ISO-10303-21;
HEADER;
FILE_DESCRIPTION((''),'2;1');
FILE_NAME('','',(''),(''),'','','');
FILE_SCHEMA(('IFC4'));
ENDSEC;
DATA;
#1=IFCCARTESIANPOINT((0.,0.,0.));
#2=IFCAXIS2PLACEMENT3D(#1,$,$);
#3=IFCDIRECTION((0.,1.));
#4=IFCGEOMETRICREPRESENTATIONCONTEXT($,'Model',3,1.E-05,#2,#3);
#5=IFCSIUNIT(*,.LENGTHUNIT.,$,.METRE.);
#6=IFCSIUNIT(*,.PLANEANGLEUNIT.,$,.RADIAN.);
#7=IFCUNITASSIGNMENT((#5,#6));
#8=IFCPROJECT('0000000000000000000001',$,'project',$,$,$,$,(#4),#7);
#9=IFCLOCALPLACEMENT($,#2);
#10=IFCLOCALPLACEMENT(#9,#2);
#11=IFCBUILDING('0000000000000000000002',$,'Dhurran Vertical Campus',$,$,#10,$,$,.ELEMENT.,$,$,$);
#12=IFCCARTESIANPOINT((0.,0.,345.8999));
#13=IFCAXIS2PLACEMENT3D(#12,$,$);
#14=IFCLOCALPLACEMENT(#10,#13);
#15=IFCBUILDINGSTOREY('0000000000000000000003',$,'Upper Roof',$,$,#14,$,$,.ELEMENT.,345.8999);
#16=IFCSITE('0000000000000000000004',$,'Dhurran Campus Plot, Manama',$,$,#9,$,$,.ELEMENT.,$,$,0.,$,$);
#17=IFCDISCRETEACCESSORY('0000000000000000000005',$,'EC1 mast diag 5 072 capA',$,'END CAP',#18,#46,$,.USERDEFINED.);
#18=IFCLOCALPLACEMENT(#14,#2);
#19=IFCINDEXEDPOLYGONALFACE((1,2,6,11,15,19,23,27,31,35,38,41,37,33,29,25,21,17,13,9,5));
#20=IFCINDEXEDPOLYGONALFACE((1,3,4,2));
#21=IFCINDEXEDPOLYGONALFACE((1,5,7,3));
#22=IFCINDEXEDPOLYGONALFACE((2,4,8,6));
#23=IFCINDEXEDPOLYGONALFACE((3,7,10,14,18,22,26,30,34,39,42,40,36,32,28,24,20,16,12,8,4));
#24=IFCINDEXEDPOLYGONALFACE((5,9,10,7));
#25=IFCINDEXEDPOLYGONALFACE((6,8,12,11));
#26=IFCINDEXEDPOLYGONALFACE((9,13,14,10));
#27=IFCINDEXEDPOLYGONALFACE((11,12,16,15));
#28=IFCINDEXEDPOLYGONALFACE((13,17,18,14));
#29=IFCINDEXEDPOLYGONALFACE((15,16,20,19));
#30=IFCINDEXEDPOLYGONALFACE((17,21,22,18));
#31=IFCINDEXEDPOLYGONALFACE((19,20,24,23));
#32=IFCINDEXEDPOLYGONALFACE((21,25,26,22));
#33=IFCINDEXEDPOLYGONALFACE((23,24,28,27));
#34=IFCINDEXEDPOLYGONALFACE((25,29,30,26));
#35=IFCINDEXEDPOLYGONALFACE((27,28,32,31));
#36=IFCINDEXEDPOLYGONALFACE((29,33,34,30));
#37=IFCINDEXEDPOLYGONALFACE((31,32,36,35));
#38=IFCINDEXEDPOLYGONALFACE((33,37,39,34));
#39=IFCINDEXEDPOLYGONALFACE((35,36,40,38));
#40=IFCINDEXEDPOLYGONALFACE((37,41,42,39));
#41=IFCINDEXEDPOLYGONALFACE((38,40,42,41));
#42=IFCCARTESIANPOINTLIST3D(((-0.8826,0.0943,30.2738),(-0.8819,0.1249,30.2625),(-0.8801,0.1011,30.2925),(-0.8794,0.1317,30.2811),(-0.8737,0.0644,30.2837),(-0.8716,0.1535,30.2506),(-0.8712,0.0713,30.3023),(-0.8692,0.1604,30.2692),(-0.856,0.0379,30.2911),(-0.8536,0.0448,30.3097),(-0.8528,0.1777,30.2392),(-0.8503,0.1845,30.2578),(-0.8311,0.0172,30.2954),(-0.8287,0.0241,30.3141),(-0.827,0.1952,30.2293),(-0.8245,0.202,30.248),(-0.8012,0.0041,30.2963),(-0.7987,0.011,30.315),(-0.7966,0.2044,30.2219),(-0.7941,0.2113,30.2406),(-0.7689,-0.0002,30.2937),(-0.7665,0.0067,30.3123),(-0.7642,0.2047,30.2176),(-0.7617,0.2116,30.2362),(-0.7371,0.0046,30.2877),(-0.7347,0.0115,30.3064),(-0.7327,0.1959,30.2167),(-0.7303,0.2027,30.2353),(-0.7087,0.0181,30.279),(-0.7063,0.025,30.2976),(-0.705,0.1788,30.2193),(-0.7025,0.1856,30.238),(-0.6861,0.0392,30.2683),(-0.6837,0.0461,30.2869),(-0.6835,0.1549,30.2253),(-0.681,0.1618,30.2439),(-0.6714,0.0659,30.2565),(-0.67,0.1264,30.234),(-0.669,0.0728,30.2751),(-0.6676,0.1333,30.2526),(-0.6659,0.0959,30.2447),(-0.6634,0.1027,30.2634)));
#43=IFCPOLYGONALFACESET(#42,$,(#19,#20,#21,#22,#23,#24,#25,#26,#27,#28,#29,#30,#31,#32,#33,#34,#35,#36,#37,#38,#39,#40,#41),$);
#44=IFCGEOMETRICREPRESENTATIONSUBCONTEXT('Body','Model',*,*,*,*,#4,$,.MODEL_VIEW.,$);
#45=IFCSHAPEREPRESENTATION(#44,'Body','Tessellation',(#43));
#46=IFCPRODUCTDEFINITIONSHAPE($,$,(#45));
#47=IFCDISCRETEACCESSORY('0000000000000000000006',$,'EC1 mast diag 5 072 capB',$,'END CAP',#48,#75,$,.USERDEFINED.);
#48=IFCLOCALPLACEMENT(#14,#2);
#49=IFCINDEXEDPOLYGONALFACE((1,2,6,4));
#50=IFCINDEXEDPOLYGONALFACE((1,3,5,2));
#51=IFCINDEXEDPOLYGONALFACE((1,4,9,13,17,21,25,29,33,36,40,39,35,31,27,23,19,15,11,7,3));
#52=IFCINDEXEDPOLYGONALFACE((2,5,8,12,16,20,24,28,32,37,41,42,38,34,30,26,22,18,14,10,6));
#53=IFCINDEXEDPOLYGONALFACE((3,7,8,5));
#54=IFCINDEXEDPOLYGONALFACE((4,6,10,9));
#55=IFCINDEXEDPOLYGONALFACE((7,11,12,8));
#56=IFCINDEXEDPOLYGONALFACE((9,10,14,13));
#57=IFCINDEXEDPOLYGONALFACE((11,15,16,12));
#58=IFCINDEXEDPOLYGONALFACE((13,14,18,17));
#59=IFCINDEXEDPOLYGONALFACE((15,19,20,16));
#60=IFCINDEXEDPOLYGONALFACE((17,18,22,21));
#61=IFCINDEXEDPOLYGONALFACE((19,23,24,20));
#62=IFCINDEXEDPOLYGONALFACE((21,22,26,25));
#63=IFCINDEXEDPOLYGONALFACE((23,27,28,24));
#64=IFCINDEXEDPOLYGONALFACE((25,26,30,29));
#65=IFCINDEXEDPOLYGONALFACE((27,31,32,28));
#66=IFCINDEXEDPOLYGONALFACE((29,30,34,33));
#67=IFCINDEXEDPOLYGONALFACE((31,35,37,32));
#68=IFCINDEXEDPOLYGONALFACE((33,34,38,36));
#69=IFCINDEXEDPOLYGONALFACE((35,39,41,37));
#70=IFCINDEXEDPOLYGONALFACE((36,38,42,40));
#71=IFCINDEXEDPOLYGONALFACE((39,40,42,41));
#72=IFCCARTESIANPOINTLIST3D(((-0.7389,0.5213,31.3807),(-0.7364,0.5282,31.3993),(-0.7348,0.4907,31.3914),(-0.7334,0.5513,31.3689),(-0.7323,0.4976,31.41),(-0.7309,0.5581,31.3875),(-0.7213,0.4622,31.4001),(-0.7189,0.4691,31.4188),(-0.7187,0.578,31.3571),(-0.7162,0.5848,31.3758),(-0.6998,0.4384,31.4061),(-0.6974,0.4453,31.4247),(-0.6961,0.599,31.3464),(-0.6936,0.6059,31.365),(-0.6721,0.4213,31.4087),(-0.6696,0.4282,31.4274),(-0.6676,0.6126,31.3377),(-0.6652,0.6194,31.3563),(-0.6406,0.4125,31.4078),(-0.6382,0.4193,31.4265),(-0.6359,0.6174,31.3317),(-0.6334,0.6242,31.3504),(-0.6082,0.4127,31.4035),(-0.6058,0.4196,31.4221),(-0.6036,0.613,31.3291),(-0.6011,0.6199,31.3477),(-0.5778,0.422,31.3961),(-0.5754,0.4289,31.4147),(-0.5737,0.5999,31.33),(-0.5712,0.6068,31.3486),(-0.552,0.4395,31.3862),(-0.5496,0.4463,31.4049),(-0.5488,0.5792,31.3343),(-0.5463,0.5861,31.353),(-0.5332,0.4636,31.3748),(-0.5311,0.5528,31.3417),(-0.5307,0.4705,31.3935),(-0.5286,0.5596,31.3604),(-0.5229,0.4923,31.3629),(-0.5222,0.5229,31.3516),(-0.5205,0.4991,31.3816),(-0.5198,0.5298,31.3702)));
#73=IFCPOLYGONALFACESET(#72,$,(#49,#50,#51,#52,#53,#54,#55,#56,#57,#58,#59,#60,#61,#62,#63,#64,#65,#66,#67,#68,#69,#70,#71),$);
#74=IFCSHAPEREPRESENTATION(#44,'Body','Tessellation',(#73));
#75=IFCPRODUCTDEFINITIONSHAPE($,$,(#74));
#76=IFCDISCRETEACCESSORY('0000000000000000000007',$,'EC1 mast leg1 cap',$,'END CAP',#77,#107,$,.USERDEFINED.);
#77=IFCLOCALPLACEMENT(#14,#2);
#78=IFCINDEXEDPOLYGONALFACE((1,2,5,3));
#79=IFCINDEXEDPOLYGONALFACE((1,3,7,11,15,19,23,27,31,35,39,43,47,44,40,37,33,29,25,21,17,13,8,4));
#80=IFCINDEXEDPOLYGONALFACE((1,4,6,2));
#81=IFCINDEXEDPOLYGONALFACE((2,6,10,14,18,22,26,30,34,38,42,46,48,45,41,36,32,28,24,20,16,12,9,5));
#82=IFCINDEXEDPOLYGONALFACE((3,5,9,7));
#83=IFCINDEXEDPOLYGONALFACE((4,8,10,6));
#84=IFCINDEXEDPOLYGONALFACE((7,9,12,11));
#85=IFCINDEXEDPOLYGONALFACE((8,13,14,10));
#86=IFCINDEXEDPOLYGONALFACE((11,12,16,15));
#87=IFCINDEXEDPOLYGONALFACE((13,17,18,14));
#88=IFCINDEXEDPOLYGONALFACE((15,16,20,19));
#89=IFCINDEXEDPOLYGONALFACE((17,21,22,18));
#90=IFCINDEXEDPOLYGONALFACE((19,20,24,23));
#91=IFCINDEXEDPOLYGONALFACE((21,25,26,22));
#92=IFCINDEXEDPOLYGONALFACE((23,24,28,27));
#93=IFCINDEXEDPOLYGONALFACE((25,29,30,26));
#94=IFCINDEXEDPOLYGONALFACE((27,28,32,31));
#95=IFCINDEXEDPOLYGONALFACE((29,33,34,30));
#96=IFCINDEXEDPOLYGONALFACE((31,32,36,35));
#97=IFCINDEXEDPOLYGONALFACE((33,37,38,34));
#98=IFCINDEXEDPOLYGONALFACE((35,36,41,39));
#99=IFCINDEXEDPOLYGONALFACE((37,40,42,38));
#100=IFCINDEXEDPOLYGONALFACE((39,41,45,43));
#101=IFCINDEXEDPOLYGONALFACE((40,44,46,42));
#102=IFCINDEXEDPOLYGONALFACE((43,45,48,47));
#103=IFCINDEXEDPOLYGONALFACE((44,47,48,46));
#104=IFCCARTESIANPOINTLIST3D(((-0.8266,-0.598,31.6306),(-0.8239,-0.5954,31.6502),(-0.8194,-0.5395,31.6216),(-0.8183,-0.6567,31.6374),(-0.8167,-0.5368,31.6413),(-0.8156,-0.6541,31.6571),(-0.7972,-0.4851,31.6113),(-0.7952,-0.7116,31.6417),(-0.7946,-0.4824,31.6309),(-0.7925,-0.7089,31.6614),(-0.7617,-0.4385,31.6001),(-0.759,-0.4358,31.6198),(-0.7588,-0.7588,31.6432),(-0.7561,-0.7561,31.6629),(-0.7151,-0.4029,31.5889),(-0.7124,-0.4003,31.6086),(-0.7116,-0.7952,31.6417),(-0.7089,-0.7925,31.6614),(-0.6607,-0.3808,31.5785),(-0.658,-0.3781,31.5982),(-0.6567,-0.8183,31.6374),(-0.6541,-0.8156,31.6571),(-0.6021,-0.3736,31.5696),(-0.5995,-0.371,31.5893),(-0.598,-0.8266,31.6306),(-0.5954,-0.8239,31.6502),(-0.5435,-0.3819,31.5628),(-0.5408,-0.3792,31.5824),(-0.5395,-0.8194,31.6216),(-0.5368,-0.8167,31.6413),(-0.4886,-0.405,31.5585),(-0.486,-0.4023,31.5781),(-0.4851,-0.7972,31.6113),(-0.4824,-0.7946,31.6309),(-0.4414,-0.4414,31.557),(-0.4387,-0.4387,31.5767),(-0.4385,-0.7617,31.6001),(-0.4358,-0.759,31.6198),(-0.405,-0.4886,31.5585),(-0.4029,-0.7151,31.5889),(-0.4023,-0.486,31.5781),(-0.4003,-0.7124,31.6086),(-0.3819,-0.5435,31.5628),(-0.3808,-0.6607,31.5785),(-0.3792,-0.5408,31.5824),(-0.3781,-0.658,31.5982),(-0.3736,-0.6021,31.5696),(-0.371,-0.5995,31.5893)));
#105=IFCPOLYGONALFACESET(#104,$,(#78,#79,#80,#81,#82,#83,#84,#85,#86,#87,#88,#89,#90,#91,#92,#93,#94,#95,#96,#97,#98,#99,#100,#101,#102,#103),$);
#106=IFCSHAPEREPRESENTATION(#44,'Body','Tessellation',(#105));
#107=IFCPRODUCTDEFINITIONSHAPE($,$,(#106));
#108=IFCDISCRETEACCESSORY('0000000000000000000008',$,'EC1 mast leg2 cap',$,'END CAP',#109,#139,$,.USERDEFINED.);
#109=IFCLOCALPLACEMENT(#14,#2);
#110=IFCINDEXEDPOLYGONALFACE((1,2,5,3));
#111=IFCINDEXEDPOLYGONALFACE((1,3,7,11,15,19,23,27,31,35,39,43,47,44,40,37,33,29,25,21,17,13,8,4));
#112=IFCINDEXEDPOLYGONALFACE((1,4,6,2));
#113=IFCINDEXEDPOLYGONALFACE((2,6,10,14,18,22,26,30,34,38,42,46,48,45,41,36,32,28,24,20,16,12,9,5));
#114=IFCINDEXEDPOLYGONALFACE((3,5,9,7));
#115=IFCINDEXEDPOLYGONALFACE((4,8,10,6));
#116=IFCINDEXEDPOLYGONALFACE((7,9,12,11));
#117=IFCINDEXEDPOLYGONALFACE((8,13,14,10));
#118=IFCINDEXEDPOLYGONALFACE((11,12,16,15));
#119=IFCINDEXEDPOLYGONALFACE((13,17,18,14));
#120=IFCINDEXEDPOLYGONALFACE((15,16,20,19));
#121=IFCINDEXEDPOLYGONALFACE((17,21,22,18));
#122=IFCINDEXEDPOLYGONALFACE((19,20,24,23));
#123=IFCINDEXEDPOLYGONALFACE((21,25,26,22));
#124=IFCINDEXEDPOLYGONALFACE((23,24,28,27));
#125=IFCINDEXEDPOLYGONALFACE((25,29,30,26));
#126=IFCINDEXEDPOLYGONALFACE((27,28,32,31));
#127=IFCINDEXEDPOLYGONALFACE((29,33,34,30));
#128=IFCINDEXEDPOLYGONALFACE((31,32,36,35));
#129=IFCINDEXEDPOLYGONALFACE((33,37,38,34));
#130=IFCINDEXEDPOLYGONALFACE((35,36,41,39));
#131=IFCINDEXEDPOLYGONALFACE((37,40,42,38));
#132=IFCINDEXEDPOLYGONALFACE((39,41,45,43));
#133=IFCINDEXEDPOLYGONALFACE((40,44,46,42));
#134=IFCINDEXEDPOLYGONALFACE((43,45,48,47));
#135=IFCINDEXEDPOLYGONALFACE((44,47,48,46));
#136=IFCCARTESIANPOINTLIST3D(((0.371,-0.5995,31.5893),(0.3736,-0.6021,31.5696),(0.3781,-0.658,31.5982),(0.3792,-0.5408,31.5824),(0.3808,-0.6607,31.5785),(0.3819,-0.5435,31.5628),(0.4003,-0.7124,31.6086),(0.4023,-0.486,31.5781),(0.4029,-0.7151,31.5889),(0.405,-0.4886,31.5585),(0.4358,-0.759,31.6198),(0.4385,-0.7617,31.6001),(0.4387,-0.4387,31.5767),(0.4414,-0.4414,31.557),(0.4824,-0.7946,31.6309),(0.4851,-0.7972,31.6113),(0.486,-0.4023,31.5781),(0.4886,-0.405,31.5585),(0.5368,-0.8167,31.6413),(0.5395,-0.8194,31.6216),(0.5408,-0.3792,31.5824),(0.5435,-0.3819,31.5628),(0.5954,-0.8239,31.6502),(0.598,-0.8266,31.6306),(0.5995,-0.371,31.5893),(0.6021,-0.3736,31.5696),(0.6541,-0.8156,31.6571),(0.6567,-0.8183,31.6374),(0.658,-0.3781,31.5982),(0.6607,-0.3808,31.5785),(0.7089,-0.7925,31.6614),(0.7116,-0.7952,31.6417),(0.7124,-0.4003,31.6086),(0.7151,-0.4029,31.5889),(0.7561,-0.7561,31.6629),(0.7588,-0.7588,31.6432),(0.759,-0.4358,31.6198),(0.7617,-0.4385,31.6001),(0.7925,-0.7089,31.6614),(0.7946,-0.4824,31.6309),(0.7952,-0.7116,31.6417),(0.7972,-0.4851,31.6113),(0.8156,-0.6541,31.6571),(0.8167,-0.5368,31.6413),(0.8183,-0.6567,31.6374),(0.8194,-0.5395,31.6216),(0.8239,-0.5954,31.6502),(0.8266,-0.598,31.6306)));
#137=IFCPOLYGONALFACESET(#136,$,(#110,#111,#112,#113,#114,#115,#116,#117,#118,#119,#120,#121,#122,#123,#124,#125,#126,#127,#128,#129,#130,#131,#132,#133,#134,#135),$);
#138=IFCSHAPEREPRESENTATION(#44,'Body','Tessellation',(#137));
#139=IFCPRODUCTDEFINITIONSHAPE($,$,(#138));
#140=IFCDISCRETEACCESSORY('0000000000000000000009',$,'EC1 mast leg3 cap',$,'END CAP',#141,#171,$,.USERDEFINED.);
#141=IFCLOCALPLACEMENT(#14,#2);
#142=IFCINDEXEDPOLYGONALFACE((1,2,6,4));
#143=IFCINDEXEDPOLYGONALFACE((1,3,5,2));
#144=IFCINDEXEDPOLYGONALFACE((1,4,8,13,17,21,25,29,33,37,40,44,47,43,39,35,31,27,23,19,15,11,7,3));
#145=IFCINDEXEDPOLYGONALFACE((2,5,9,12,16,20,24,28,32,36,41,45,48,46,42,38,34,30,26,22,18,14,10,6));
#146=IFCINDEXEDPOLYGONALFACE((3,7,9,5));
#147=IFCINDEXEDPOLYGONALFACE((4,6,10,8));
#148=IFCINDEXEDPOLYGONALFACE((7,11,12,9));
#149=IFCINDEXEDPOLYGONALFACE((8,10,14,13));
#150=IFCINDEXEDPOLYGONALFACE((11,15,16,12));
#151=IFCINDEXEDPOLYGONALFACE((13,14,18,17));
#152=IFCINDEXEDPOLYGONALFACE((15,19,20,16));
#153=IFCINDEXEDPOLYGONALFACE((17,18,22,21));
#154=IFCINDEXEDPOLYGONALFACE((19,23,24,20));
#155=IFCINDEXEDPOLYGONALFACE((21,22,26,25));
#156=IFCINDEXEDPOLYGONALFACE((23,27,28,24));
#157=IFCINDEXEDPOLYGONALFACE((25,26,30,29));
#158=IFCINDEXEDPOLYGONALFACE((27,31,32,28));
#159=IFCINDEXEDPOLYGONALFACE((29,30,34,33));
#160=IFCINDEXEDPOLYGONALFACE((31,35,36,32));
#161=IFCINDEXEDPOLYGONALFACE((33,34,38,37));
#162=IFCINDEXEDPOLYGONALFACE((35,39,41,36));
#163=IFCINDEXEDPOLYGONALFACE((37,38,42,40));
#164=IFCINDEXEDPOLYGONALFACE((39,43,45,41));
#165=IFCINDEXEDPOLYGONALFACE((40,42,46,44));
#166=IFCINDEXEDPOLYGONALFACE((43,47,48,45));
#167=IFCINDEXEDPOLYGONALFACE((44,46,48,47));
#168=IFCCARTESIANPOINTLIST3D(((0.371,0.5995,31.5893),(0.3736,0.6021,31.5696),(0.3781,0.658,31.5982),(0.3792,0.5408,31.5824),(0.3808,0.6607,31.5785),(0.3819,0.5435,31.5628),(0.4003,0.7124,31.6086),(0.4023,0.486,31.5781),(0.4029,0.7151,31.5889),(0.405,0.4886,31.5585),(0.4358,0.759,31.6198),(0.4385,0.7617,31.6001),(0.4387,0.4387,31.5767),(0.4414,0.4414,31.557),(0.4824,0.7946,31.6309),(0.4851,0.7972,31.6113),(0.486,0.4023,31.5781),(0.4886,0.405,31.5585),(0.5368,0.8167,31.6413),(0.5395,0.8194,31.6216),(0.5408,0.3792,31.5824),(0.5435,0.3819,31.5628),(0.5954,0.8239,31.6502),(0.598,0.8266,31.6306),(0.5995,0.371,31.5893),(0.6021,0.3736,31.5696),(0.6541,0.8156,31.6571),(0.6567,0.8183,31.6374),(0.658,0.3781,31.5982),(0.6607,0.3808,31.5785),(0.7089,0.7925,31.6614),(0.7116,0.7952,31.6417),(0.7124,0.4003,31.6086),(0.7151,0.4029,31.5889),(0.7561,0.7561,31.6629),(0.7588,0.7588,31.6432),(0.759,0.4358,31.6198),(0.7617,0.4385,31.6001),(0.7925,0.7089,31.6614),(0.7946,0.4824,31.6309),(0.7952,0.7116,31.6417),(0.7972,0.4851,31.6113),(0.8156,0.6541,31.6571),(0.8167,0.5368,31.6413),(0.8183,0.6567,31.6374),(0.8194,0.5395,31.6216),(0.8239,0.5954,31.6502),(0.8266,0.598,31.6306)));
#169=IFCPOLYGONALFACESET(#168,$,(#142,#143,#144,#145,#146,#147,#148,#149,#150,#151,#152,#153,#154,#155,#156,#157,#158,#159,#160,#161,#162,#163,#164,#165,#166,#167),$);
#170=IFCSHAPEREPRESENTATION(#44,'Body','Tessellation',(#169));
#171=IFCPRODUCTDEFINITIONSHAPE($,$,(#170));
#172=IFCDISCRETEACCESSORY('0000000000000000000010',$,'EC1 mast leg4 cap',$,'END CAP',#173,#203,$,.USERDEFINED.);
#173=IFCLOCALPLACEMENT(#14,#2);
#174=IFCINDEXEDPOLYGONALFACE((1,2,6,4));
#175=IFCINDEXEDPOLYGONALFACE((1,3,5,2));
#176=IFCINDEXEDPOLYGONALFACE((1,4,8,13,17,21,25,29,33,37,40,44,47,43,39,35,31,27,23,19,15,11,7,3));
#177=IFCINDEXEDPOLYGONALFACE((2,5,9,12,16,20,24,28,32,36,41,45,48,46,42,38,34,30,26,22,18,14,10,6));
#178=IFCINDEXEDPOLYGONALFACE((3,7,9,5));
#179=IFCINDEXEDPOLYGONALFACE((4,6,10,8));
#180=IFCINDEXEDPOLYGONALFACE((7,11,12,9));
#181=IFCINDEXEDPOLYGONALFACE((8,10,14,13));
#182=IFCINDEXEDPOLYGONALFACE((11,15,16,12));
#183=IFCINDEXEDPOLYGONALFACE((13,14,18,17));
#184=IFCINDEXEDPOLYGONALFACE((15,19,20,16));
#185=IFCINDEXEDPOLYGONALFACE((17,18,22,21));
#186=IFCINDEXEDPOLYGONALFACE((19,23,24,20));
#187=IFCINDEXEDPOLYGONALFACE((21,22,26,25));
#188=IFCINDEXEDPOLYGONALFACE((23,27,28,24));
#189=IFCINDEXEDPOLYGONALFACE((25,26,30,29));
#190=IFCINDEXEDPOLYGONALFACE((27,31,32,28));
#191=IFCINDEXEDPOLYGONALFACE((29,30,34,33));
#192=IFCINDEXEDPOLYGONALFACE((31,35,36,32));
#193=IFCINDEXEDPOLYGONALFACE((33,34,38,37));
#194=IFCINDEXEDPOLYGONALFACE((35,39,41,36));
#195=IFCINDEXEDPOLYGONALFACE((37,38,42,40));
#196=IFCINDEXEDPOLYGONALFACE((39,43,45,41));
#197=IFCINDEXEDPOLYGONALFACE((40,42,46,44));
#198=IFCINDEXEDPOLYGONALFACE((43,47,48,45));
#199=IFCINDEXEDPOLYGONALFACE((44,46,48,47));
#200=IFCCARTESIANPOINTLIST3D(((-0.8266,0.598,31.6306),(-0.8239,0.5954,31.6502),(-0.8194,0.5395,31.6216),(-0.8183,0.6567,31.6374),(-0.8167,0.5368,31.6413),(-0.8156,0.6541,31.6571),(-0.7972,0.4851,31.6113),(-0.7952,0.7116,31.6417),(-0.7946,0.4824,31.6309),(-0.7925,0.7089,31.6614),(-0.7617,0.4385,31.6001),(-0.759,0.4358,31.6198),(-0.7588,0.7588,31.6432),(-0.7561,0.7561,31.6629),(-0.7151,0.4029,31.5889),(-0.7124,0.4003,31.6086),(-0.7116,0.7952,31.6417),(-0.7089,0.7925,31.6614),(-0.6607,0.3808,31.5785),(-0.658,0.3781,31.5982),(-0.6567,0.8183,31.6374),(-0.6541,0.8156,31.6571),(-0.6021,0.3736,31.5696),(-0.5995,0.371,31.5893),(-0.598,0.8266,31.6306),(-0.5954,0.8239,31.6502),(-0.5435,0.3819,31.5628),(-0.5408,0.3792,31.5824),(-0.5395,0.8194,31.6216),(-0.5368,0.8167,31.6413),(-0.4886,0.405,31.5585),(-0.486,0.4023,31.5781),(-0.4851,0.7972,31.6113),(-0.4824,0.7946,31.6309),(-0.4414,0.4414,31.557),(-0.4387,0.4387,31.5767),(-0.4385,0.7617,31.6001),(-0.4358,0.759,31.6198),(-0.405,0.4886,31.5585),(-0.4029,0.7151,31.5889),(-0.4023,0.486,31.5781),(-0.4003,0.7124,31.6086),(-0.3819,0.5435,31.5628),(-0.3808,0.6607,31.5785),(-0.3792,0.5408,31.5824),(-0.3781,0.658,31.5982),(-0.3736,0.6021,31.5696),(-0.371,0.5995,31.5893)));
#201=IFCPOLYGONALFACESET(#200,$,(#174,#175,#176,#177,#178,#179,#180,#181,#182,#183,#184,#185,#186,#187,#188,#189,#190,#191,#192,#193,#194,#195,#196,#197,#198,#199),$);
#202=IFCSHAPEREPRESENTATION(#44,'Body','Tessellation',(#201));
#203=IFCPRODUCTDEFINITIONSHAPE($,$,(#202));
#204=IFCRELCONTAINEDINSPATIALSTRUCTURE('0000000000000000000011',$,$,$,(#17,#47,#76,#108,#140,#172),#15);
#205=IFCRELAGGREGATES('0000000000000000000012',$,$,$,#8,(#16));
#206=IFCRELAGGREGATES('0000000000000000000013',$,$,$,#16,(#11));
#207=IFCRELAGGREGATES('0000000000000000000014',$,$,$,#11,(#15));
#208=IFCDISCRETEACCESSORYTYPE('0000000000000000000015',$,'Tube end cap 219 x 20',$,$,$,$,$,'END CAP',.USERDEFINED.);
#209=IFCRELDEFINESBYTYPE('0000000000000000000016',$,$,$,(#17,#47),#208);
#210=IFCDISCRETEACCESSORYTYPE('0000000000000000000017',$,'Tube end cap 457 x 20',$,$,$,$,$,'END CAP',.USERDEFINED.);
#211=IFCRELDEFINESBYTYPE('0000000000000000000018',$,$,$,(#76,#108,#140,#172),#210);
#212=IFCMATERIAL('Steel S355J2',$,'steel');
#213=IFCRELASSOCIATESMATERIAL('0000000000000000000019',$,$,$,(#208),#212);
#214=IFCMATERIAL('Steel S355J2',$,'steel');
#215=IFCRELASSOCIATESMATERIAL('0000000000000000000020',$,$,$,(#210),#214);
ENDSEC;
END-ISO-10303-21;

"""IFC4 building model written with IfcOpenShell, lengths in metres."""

from ifc_helpers import new_model, si_unit, direction, frame, origin, origin_2d, place, context, subcontext, project, spatial, circle, extrude, material, material_profile, profile_set, type_object, element, save


model = new_model("IFC4")

# Units and contexts
model_context = context("Model", 3, precision=1e-05, world=origin(), true_north=direction((0.0, 1.0)))
body_context = subcontext(model_context, "Body", "Model", "MODEL_VIEW")
ifc_project = project(units=[si_unit("LENGTHUNIT", "METRE"), si_unit("PLANEANGLEUNIT", "RADIAN")], contexts=[model_context])

# Site, building, storey
site_placement = place(None, origin())
site = spatial("IfcSite", under=ifc_project, at=site_placement, Name="Dhurran Campus Plot, Manama", CompositionType="ELEMENT", RefElevation=0.0)
building_placement = place(site_placement, origin())
building = spatial("IfcBuilding", under=site, at=building_placement, Name="Dhurran Vertical Campus", CompositionType="ELEMENT")
storey_placement = place(building_placement, frame((0.0, 0.0, 345.8999)))
storey = spatial("IfcBuildingStorey", under=building, at=storey_placement, Name="Upper Roof", CompositionType="ELEMENT", Elevation=345.8999)

# Discrete accessories
ifc_material_1 = material(Name="Steel S355J2", Category="steel")
ifc_material_profile_1 = material_profile(ifc_material_1, circle(Radius=0.1096, at=origin_2d()), Name="Tube end cap 219 x 20")
ifc_profile_set_1 = profile_set([ifc_material_profile_1], Name="Steel S355J2")
discrete_accessory_type_1 = type_object("IfcDiscreteAccessoryType", Name="Tube end cap 219 x 20", ElementType="END CAP", PredefinedType="USERDEFINED", material=ifc_profile_set_1)
for number, where, z_axis, x_axis, name in (
    (1, (-0.7722, 0.1096, 30.2751), (-0.122536, -0.3431, -0.931272), (0.941742, -0.336336, 0.0), "EC1 mast diag 5 072 capA"),
    (2, (-0.6301, 0.5144, 31.3689), (0.122536, 0.3431, 0.931272), (-0.941742, 0.336336, 0.0), "EC1 mast diag 5 072 capB"),
):
    element("IfcDiscreteAccessory", number, at=place(storey_placement, frame(where, z_axis=z_axis, x_axis=x_axis)), inside=storey, type_object=discrete_accessory_type_1, Name=name, ObjectType="END CAP", PredefinedType="USERDEFINED", context=body_context, shape_type="SweptSolid", body=[
        extrude(circle(Radius=0.1096, at=origin_2d()), origin(), (0.0, 0.0, 1.0), 0.02),
    ])
ifc_material_2 = material(Name="Steel S355J2", Category="steel")
ifc_material_profile_2 = material_profile(ifc_material_2, circle(Radius=0.2285, at=origin_2d()), Name="Tube end cap 457 x 20")
ifc_profile_set_2 = profile_set([ifc_material_profile_2], Name="Steel S355J2")
discrete_accessory_type_2 = type_object("IfcDiscreteAccessoryType", Name="Tube end cap 457 x 20", ElementType="END CAP", PredefinedType="USERDEFINED", material=ifc_profile_set_2)
for number, where, z_axis, x_axis, name in (
    (3, (-0.6001, -0.6001, 31.6001), (0.133365, 0.133365, 0.982053), (-0.707107, 0.707107, 0.0), "EC1 mast leg1 cap"),
    (4, (0.6001, -0.6001, 31.6001), (-0.133365, 0.133365, 0.982053), (-0.707107, -0.707107, 0.0), "EC1 mast leg2 cap"),
    (5, (0.6001, 0.6001, 31.6001), (-0.133365, -0.133365, 0.982053), (0.707107, -0.707107, 0.0), "EC1 mast leg3 cap"),
    (6, (-0.6001, 0.6001, 31.6001), (0.133365, -0.133365, 0.982053), (0.707107, 0.707107, 0.0), "EC1 mast leg4 cap"),
):
    element("IfcDiscreteAccessory", number, at=place(storey_placement, frame(where, z_axis=z_axis, x_axis=x_axis)), inside=storey, type_object=discrete_accessory_type_2, Name=name, ObjectType="END CAP", PredefinedType="USERDEFINED", context=body_context, shape_type="SweptSolid", body=[
        extrude(circle(Radius=0.2285, at=origin_2d()), origin(), (0.0, 0.0, 1.0), 0.02),
    ])

save(model, "model.ifc")
